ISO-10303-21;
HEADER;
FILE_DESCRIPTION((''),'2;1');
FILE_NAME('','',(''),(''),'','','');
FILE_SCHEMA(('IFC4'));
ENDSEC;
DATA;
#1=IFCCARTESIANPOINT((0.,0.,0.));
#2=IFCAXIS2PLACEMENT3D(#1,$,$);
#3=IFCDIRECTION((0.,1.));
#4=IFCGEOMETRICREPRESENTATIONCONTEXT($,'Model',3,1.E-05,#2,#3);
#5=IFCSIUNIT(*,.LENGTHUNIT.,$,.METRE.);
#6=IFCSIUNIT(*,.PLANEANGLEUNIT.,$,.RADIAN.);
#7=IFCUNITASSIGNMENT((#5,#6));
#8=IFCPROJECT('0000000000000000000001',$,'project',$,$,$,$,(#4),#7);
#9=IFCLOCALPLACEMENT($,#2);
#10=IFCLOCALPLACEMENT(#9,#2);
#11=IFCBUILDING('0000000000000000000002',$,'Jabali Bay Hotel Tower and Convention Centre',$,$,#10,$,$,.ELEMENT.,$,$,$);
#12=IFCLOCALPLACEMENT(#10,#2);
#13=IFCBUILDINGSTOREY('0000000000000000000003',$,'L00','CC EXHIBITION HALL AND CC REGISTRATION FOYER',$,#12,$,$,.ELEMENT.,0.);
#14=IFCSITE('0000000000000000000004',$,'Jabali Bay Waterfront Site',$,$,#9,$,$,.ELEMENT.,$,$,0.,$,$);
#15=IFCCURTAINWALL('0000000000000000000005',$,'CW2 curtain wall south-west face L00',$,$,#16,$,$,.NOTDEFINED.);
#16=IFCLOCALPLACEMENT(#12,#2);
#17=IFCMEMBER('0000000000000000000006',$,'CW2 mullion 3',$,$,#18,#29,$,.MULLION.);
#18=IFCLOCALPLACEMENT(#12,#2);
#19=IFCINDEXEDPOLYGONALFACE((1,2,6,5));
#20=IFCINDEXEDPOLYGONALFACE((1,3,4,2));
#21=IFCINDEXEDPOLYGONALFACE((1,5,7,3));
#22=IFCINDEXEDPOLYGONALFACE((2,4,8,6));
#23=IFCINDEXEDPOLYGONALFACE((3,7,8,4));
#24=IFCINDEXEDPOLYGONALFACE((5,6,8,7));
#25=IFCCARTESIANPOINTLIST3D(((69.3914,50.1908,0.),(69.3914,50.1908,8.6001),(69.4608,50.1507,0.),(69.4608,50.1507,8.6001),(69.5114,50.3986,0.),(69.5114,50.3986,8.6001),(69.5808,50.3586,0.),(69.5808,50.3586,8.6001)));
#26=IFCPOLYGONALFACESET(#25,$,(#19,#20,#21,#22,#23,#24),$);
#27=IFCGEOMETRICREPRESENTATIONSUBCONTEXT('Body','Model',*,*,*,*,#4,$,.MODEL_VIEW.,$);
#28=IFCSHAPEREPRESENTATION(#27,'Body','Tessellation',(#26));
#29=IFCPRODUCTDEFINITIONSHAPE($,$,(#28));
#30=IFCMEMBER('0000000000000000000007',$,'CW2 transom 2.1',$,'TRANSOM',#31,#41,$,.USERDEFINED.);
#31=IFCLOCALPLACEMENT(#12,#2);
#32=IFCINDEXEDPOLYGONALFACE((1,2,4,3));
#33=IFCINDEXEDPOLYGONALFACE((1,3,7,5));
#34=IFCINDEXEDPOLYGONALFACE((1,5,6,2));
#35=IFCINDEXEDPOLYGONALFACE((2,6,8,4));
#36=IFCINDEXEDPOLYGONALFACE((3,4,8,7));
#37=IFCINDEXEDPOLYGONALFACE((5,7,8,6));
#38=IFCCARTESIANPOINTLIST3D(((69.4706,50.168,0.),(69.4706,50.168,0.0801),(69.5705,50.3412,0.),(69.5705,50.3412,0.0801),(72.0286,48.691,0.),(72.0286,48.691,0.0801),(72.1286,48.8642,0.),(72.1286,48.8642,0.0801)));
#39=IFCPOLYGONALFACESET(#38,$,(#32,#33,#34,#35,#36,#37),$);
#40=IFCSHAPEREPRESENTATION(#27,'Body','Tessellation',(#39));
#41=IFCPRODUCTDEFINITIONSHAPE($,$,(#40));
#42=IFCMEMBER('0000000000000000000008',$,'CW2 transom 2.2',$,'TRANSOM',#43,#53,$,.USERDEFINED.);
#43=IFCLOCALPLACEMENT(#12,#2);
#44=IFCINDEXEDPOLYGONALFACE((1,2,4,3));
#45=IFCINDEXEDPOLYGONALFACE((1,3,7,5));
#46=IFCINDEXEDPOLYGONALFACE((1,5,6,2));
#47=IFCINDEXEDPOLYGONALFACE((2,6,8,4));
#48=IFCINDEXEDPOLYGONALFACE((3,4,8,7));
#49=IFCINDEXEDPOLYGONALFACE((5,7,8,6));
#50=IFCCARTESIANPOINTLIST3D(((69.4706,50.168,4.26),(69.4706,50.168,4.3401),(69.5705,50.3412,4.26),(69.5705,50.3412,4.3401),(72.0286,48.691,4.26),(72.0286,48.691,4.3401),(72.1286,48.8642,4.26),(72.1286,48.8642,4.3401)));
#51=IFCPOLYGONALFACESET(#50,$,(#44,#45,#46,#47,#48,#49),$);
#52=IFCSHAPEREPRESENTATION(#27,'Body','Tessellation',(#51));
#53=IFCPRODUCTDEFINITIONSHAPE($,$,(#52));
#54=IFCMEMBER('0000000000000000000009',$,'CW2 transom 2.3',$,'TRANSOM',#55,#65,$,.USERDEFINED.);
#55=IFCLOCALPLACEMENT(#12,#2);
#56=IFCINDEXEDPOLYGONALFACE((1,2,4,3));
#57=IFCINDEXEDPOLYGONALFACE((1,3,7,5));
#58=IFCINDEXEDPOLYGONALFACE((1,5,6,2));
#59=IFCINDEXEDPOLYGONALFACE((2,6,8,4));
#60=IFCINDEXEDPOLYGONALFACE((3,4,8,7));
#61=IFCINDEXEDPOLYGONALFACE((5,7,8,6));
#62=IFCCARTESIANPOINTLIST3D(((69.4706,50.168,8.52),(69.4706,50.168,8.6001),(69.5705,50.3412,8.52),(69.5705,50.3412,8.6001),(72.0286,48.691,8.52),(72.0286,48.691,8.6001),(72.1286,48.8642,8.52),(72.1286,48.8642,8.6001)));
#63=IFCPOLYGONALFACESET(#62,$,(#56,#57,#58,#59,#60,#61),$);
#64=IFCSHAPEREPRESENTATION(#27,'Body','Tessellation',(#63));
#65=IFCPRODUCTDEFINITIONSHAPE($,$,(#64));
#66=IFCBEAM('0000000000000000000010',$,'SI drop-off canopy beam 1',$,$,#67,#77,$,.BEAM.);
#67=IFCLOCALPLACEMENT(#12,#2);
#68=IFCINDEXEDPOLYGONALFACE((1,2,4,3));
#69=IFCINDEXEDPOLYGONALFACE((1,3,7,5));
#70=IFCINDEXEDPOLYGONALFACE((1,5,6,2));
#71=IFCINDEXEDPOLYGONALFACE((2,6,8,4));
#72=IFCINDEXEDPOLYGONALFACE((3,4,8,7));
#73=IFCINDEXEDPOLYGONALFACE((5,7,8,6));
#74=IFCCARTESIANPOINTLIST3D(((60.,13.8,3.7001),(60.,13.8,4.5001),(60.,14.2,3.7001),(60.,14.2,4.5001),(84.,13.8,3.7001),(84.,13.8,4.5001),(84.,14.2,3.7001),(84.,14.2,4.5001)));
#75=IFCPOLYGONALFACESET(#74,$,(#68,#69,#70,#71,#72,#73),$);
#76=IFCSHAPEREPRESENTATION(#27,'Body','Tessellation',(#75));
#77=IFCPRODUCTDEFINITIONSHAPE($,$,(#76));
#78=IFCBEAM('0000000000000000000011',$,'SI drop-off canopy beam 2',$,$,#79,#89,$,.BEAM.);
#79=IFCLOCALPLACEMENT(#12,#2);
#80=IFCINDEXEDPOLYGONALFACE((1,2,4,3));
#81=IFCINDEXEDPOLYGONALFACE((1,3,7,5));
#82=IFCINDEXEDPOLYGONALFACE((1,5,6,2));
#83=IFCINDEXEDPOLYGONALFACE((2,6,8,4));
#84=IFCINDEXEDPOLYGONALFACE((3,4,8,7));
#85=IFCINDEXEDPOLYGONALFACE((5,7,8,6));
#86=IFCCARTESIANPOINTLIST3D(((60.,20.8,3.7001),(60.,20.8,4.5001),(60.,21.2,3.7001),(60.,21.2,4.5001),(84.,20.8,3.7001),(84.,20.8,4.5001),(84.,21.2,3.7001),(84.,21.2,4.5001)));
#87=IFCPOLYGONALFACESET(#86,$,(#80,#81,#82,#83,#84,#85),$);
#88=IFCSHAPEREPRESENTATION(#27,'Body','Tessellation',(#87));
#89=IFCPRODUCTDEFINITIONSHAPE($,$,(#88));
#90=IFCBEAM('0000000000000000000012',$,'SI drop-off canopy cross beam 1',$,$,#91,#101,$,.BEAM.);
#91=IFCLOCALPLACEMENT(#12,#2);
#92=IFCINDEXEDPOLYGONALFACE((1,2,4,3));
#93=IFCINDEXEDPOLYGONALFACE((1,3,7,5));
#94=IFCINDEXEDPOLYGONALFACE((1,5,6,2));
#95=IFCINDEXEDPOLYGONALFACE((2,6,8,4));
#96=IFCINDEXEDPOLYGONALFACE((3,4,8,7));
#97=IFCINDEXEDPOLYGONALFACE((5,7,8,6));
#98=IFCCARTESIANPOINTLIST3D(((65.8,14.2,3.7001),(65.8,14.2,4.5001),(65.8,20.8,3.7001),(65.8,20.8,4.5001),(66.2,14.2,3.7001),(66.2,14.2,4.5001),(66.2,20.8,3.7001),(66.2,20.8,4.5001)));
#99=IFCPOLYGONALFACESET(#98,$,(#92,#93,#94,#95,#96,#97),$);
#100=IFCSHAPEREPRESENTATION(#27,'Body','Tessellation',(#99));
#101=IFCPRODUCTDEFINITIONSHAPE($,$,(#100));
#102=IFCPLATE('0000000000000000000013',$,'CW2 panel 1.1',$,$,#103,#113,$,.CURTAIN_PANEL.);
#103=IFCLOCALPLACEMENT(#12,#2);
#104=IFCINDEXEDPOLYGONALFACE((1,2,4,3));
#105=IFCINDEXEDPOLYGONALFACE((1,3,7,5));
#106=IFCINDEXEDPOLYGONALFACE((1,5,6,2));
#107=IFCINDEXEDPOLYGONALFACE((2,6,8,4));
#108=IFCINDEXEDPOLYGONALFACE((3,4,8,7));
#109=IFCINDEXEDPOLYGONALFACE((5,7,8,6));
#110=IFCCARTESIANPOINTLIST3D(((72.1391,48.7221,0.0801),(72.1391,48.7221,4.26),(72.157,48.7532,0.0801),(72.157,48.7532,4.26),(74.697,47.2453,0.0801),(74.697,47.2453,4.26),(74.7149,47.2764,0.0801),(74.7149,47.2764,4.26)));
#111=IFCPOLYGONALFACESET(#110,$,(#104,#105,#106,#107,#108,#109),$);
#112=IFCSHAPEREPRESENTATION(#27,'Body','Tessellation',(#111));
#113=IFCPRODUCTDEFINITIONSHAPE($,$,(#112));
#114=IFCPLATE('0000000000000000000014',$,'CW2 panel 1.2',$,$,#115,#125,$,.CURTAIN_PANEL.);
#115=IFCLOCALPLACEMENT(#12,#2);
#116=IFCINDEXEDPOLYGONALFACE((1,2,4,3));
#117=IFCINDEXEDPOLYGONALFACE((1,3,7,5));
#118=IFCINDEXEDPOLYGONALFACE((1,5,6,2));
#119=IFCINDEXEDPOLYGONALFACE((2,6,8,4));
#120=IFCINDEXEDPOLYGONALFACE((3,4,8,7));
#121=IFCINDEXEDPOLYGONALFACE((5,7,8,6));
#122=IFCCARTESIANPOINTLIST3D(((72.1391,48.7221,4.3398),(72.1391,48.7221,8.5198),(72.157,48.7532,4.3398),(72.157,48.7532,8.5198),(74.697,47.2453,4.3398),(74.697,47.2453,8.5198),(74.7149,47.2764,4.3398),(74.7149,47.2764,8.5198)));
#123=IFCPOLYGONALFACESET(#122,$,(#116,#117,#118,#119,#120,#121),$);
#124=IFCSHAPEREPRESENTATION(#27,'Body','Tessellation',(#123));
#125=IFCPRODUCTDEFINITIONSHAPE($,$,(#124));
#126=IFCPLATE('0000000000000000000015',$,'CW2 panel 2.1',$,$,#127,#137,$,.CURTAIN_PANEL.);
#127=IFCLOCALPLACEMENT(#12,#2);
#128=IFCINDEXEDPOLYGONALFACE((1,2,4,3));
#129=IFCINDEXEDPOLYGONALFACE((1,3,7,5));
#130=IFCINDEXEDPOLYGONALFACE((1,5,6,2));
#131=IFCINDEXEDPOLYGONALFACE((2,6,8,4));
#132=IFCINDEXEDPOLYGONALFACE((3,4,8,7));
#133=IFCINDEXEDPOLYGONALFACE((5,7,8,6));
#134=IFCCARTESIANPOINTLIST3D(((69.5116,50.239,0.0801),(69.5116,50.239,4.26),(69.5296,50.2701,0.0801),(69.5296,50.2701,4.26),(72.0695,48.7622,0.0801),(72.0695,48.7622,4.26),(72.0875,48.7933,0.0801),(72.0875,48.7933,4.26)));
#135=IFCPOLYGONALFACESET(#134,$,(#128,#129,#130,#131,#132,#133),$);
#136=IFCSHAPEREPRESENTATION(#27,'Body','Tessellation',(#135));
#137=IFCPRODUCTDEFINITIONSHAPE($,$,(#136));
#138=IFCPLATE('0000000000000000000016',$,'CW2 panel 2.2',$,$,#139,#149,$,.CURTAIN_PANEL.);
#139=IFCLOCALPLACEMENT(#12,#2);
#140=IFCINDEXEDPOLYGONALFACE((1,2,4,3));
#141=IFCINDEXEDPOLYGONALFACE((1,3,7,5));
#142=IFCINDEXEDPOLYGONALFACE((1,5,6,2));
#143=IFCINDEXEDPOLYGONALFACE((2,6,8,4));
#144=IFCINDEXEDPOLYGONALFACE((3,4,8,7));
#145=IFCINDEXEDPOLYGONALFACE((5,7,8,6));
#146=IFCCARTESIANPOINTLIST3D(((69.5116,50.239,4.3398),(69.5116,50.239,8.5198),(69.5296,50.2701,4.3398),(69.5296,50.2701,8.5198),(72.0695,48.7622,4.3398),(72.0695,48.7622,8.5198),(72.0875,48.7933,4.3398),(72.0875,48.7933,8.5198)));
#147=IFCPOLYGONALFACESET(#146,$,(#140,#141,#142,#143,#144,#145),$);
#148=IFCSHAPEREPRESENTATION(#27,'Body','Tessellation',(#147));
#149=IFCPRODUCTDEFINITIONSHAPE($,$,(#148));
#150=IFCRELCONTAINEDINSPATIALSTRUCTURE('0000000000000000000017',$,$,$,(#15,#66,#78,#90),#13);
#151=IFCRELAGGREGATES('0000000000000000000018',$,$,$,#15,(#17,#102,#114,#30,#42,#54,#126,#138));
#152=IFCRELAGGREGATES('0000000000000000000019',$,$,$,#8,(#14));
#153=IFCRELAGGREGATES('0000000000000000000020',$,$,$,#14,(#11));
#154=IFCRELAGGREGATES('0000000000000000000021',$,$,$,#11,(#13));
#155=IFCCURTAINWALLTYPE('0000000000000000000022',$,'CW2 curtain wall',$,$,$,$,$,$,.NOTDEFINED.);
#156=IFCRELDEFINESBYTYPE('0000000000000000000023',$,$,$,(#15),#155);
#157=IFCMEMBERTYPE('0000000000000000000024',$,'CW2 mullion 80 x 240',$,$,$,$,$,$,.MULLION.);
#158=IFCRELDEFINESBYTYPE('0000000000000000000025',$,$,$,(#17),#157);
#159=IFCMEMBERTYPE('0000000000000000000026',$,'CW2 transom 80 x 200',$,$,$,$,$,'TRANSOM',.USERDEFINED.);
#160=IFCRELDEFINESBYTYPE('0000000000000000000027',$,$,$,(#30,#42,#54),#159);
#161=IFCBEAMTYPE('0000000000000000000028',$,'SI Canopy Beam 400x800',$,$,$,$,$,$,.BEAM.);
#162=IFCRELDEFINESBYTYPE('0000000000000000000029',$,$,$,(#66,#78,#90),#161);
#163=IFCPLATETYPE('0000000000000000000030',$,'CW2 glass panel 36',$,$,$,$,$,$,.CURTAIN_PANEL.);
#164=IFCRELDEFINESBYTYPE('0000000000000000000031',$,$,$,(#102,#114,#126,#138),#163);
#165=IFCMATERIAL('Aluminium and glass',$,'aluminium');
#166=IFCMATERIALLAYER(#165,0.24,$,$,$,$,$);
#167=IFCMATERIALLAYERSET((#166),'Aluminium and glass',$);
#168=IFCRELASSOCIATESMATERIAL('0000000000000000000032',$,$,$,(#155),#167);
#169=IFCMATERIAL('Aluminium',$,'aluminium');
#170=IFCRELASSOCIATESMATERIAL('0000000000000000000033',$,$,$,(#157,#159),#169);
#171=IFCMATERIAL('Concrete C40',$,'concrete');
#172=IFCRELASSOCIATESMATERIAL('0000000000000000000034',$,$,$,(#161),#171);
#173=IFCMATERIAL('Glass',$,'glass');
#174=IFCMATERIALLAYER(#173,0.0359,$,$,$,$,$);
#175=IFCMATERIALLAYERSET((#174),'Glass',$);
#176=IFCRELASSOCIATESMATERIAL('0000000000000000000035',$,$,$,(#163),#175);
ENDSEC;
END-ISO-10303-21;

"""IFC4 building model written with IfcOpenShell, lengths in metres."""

from ifc_helpers import new_model, si_unit, direction, frame, origin, origin_2d, place, context, subcontext, project, spatial, rectangle, extrude, material, layer, layer_set, material_profile, profile_set, type_object, element, aggregate, save


model = new_model("IFC4")

# Units and contexts
model_context = context("Model", 3, precision=1e-05, world=origin(), true_north=direction((0.0, 1.0)))
body_context = subcontext(model_context, "Body", "Model", "MODEL_VIEW")
ifc_project = project(units=[si_unit("LENGTHUNIT", "METRE"), si_unit("PLANEANGLEUNIT", "RADIAN")], contexts=[model_context])

# Site, building, storey
site_placement = place(None, origin())
site = spatial("IfcSite", under=ifc_project, at=site_placement, Name="Jabali Bay Waterfront Site", CompositionType="ELEMENT", RefElevation=0.0)
building_placement = place(site_placement, origin())
building = spatial("IfcBuilding", under=site, at=building_placement, Name="Jabali Bay Hotel Tower and Convention Centre", CompositionType="ELEMENT")
storey_placement = place(building_placement, origin())
storey = spatial("IfcBuildingStorey", under=building, at=storey_placement, Name="L00", Description="CC EXHIBITION HALL AND CC REGISTRATION FOYER", CompositionType="ELEMENT", Elevation=0.0)

# Curtain wall, members
ifc_material_1 = material(Name="Aluminium and glass", Category="aluminium")
ifc_layer_1 = layer(ifc_material_1, 0.24)
ifc_layer_set_1 = layer_set([ifc_layer_1], Name="Aluminium and glass")
curtain_wall_type = type_object("IfcCurtainWallType", Name="CW2 curtain wall", PredefinedType="NOTDEFINED", material=ifc_layer_set_1)
curtain_wall_placement = place(storey_placement, origin())
curtain_wall = element("IfcCurtainWall", 1, at=curtain_wall_placement, inside=storey, type_object=curtain_wall_type, Name="CW2 curtain wall south-west face L00", PredefinedType="NOTDEFINED")
ifc_material_2 = material(Name="Aluminium", Category="aluminium")
ifc_material_profile_1 = material_profile(ifc_material_2, rectangle(XDim=0.24, YDim=0.0801, at=origin_2d()), Name="CW2 mullion 80 x 240")
ifc_profile_set_1 = profile_set([ifc_material_profile_1], Name="Aluminium")
member_type_1 = type_object("IfcMemberType", Name="CW2 mullion 80 x 240", PredefinedType="MULLION", material=ifc_profile_set_1)
member_1_placement = place(storey_placement, frame((69.4861, 50.2747, 0.0), z_axis=(0.0, 0.0, 1.0), x_axis=(-0.5, -0.866025, 0.0)))
member_1 = element("IfcMember", 2, at=member_1_placement, type_object=member_type_1, Name="CW2 mullion 3", PredefinedType="MULLION", context=body_context, shape_type="SweptSolid", body=[
    extrude(rectangle(XDim=0.24, YDim=0.0801, at=origin_2d()), origin(), (0.0, 0.0, 1.0), 8.6001),
])
ifc_material_profile_2 = material_profile(ifc_material_2, rectangle(XDim=0.2, YDim=0.0801, at=origin_2d()), Name="CW2 transom 80 x 200")
ifc_profile_set_2 = profile_set([ifc_material_profile_2], Name="Aluminium")
member_type_2 = type_object("IfcMemberType", Name="CW2 transom 80 x 200", ElementType="TRANSOM", PredefinedType="USERDEFINED", material=ifc_profile_set_2)
member_2_placement = place(storey_placement, frame((72.0786, 48.7776, 0.04), z_axis=(-0.866007, 0.500032, 0.0), x_axis=(-0.500032, -0.866007, 0.0)))
member_2 = element("IfcMember", 3, at=member_2_placement, type_object=member_type_2, Name="CW2 transom 2.1", ObjectType="TRANSOM", PredefinedType="USERDEFINED", context=body_context, shape_type="SweptSolid", body=[
    extrude(rectangle(XDim=0.2, YDim=0.0801, at=origin_2d()), origin(), (0.0, 0.0, 1.0), 2.9539),
])
member_3_placement = place(storey_placement, frame((72.0786, 48.7776, 4.3), z_axis=(-0.866007, 0.500032, 0.0), x_axis=(-0.500032, -0.866007, 0.0)))
member_3 = element("IfcMember", 4, at=member_3_placement, type_object=member_type_2, Name="CW2 transom 2.2", ObjectType="TRANSOM", PredefinedType="USERDEFINED", context=body_context, shape_type="SweptSolid", body=[
    extrude(rectangle(XDim=0.2, YDim=0.0801, at=origin_2d()), origin(), (0.0, 0.0, 1.0), 2.9539),
])
member_4_placement = place(storey_placement, frame((72.0786, 48.7776, 8.5601), z_axis=(-0.866007, 0.500032, 0.0), x_axis=(-0.500032, -0.866007, 0.0)))
member_4 = element("IfcMember", 5, at=member_4_placement, type_object=member_type_2, Name="CW2 transom 2.3", ObjectType="TRANSOM", PredefinedType="USERDEFINED", context=body_context, shape_type="SweptSolid", body=[
    extrude(rectangle(XDim=0.2, YDim=0.0801, at=origin_2d()), origin(), (0.0, 0.0, 1.0), 2.9539),
])

# Beams
ifc_material_3 = material(Name="Concrete C40", Category="concrete")
ifc_material_profile_3 = material_profile(ifc_material_3, rectangle(XDim=0.3999, YDim=0.8, at=origin_2d()), Name="RC 400x800")
ifc_profile_set_3 = profile_set([ifc_material_profile_3], Name="Concrete C40")
beam_type = type_object("IfcBeamType", Name="SI Canopy Beam 400x800", PredefinedType="BEAM", material=ifc_profile_set_3)
for number, where, z_axis, x_axis, name in (
    (6, (60.0, 14.0, 4.1001), (1.0, 0.0, 0.0), (0.0, 1.0, 0.0), "SI drop-off canopy beam 1"),
    (7, (60.0, 21.0, 4.1001), (1.0, 0.0, 0.0), (0.0, 1.0, 0.0), "SI drop-off canopy beam 2"),
):
    element("IfcBeam", number, at=place(storey_placement, frame(where, z_axis=z_axis, x_axis=x_axis)), inside=storey, type_object=beam_type, Name=name, PredefinedType="BEAM", context=body_context, shape_type="SweptSolid", body=[
        extrude(rectangle(XDim=0.3999, YDim=0.8, at=origin_2d()), origin(), (0.0, 0.0, 1.0), 24.0),
    ])
beam_placement = place(storey_placement, frame((66.0, 14.2, 4.1001), z_axis=(0.0, 1.0, 0.0), x_axis=(-1.0, 0.0, 0.0)))
element("IfcBeam", 8, at=beam_placement, inside=storey, type_object=beam_type, Name="SI drop-off canopy cross beam 1", PredefinedType="BEAM", context=body_context, shape_type="SweptSolid", body=[
    extrude(rectangle(XDim=0.3999, YDim=0.8, at=origin_2d()), origin(), (0.0, 0.0, 1.0), 6.6001),
])

# Plates
ifc_material_4 = material(Name="Glass", Category="glass")
ifc_layer_2 = layer(ifc_material_4, 0.0359)
ifc_layer_set_2 = layer_set([ifc_layer_2], Name="Glass")
plate_type = type_object("IfcPlateType", Name="CW2 glass panel 36", PredefinedType="CURTAIN_PANEL", material=ifc_layer_set_2)
plate_1_placement = place(storey_placement, frame((73.427, 47.9993, 0.0801), z_axis=(0.0, 0.0, 1.0), x_axis=(-0.866025, 0.5, 0.0)))
plate_1 = element("IfcPlate", 9, at=plate_1_placement, type_object=plate_type, Name="CW2 panel 1.1", PredefinedType="CURTAIN_PANEL", context=body_context, shape_type="SweptSolid", body=[
    extrude(rectangle(XDim=2.9536, YDim=0.0359, at=origin_2d()), origin(), (0.0, 0.0, 1.0), 4.1799),
])
plate_2_placement = place(storey_placement, frame((73.427, 47.9993, 4.3398), z_axis=(0.0, 0.0, 1.0), x_axis=(-0.866025, 0.5, 0.0)))
plate_2 = element("IfcPlate", 10, at=plate_2_placement, type_object=plate_type, Name="CW2 panel 1.2", PredefinedType="CURTAIN_PANEL", context=body_context, shape_type="SweptSolid", body=[
    extrude(rectangle(XDim=2.9536, YDim=0.0359, at=origin_2d()), origin(), (0.0, 0.0, 1.0), 4.1799),
])
plate_3_placement = place(storey_placement, frame((70.7996, 49.5161, 0.0801), z_axis=(0.0, 0.0, 1.0), x_axis=(-0.866025, 0.5, 0.0)))
plate_3 = element("IfcPlate", 11, at=plate_3_placement, type_object=plate_type, Name="CW2 panel 2.1", PredefinedType="CURTAIN_PANEL", context=body_context, shape_type="SweptSolid", body=[
    extrude(rectangle(XDim=2.9536, YDim=0.0359, at=origin_2d()), origin(), (0.0, 0.0, 1.0), 4.1799),
])
plate_4_placement = place(storey_placement, frame((70.7996, 49.5161, 4.3398), z_axis=(0.0, 0.0, 1.0), x_axis=(-0.866025, 0.5, 0.0)))
plate_4 = element("IfcPlate", 12, at=plate_4_placement, type_object=plate_type, Name="CW2 panel 2.2", PredefinedType="CURTAIN_PANEL", context=body_context, shape_type="SweptSolid", body=[
    extrude(rectangle(XDim=2.9536, YDim=0.0359, at=origin_2d()), origin(), (0.0, 0.0, 1.0), 4.1799),
])
aggregate(curtain_wall, [member_1, plate_1, plate_2, member_2, member_3, member_4, plate_3, plate_4])

save(model, "model.ifc")
